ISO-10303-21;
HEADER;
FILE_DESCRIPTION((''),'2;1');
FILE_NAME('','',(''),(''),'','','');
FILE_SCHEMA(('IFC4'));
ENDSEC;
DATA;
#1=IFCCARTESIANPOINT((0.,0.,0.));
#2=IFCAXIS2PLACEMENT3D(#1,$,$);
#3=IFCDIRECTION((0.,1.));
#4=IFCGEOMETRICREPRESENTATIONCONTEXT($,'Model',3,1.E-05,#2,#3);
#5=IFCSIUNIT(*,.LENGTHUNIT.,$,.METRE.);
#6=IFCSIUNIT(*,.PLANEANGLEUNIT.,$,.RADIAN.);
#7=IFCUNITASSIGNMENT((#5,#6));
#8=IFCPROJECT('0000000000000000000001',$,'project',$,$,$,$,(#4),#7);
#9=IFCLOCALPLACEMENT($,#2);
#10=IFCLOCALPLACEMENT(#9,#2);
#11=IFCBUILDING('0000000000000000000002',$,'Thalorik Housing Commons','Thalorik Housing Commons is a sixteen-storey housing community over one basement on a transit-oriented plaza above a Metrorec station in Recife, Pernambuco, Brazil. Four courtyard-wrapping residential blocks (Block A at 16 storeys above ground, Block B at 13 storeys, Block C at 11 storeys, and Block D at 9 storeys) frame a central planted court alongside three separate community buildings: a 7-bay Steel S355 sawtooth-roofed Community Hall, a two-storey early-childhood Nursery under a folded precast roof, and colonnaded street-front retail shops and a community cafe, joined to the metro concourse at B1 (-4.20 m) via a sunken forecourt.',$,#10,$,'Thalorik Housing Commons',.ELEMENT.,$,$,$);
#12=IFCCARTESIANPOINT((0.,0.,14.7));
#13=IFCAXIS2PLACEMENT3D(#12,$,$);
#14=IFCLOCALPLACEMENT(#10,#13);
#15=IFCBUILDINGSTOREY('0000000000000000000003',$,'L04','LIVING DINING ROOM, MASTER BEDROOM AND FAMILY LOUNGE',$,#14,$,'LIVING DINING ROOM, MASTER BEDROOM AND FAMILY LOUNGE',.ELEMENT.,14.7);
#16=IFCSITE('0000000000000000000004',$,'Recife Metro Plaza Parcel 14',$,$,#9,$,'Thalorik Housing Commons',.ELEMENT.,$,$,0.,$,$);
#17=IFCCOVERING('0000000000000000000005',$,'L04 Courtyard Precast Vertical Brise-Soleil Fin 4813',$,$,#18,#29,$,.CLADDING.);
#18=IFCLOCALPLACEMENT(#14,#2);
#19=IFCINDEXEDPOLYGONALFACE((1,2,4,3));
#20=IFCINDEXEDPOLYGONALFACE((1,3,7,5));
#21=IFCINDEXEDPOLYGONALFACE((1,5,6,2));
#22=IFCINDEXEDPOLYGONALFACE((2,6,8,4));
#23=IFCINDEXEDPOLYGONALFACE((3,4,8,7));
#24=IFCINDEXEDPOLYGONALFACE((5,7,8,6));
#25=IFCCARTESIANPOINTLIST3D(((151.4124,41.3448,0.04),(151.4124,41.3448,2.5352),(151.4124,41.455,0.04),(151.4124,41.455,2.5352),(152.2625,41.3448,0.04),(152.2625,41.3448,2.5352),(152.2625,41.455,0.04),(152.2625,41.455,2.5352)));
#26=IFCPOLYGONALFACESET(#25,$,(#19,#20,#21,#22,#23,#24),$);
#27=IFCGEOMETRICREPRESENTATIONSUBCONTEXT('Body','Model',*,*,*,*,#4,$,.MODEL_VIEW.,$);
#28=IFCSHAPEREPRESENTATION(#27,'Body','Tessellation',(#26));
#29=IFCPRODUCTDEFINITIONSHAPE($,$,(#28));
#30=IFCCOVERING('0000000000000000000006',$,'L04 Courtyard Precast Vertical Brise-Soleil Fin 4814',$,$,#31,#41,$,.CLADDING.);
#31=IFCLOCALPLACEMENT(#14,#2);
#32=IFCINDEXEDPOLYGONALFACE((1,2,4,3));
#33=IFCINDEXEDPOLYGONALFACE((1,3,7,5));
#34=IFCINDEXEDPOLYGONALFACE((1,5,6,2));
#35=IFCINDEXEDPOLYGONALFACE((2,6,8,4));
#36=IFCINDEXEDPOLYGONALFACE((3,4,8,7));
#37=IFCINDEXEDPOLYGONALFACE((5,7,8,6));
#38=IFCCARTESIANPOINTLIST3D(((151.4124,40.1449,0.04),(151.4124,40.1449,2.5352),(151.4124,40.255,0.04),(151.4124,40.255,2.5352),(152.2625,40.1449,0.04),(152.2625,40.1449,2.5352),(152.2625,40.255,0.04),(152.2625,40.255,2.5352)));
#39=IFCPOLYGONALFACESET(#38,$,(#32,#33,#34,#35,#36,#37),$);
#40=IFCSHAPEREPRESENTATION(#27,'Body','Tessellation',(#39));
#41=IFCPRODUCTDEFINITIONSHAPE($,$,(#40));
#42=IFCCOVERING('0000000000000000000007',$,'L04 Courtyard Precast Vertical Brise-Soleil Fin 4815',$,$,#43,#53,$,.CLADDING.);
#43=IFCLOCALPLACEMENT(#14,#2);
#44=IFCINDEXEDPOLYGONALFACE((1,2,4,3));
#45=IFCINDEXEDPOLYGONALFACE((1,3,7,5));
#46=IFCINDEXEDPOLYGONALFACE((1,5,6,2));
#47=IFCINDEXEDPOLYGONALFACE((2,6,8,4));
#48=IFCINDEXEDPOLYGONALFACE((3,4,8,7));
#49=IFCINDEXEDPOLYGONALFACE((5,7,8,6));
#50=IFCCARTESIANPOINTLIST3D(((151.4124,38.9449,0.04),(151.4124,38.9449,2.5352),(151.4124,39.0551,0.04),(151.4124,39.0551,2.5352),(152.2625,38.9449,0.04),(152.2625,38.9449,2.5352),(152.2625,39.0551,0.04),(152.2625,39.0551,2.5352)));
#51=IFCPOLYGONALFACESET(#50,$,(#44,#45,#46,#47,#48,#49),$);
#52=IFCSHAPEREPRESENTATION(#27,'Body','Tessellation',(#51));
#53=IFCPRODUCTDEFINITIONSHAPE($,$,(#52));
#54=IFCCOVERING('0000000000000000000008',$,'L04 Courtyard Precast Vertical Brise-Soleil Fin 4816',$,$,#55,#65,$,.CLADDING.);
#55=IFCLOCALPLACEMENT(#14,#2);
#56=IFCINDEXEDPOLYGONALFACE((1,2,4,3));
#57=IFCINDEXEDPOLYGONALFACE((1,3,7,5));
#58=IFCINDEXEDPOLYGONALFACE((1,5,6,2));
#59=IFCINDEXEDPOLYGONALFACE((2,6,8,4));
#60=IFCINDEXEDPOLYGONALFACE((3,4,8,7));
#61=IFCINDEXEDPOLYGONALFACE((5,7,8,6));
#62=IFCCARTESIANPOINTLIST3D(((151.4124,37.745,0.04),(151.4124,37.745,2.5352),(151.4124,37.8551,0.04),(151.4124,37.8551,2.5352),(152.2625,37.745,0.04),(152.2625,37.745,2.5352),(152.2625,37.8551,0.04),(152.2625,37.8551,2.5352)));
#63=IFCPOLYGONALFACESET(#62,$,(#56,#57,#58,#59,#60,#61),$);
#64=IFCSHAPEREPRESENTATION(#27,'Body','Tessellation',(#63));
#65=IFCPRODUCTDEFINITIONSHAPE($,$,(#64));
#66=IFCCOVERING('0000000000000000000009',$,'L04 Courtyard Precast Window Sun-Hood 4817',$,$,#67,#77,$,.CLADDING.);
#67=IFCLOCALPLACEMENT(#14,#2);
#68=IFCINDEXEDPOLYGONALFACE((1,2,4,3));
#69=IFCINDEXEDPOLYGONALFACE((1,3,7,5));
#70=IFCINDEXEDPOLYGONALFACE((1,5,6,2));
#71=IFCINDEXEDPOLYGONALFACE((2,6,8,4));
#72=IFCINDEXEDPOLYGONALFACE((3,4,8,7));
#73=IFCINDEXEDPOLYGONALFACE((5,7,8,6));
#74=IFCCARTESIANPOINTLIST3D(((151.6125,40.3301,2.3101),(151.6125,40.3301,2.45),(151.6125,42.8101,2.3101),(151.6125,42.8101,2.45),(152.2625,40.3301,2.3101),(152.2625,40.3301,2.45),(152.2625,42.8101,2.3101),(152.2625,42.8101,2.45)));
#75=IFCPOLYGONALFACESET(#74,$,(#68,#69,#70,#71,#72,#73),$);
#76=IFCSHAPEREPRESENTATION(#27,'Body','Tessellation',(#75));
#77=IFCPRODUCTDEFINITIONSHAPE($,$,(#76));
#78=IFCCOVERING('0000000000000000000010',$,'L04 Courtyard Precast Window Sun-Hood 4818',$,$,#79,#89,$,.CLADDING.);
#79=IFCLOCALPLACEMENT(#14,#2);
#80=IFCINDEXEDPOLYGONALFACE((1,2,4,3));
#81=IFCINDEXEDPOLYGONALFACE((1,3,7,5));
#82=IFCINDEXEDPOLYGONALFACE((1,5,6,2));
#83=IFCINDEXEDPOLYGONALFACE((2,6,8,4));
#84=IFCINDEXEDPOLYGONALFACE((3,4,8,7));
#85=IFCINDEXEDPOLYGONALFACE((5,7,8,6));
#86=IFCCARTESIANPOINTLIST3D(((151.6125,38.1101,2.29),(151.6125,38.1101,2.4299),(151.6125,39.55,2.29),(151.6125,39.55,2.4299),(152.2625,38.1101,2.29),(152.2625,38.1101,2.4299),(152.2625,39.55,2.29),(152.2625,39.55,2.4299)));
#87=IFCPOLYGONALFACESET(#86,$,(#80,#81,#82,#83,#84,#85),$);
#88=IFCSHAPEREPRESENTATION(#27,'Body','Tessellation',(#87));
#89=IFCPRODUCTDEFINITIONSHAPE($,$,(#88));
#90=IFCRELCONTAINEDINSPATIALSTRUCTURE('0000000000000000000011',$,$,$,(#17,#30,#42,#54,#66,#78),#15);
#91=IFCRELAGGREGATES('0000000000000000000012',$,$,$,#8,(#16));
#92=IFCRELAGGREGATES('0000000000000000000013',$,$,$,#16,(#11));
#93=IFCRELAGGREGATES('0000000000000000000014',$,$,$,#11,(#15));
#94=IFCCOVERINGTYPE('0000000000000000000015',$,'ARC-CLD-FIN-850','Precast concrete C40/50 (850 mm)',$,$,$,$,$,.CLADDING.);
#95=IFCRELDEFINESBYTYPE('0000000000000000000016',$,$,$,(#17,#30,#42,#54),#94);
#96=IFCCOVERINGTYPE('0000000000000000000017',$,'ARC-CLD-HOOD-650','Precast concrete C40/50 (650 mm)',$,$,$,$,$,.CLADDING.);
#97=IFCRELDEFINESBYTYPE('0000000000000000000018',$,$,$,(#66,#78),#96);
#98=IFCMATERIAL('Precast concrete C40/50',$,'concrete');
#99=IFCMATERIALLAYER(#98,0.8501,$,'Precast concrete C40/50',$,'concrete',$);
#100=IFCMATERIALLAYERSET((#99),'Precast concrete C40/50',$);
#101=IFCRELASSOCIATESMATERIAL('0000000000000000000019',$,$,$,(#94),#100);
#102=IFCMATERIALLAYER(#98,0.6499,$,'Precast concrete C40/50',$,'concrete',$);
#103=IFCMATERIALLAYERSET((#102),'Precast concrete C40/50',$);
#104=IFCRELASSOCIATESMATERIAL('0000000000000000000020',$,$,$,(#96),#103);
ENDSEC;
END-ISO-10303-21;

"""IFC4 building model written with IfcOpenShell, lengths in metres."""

from ifc_helpers import new_model, si_unit, direction, frame, origin, origin_2d, place, context, subcontext, project, spatial, rectangle, extrude, material, layer, layer_set, type_object, element, save


model = new_model("IFC4")

# Units and contexts
model_context = context("Model", 3, precision=1e-05, world=origin(), true_north=direction((0.0, 1.0)))
body_context = subcontext(model_context, "Body", "Model", "MODEL_VIEW")
ifc_project = project(units=[si_unit("LENGTHUNIT", "METRE"), si_unit("PLANEANGLEUNIT", "RADIAN")], contexts=[model_context])

# Site, building, storey
site_placement = place(None, origin())
site = spatial("IfcSite", under=ifc_project, at=site_placement, Name="Recife Metro Plaza Parcel 14", LongName="Thalorik Housing Commons", CompositionType="ELEMENT", RefElevation=0.0)
building_placement = place(site_placement, origin())
building = spatial("IfcBuilding", under=site, at=building_placement, Name="Thalorik Housing Commons", Description="Thalorik Housing Commons is a sixteen-storey housing community over one basement on a transit-oriented plaza above a Metrorec station in Recife, Pernambuco, Brazil. Four courtyard-wrapping residential blocks (Block A at 16 storeys above ground, Block B at 13 storeys, Block C at 11 storeys, and Block D at 9 storeys) frame a central planted court alongside three separate community buildings: a 7-bay Steel S355 sawtooth-roofed Community Hall, a two-storey early-childhood Nursery under a folded precast roof, and colonnaded street-front retail shops and a community cafe, joined to the metro concourse at B1 (-4.20 m) via a sunken forecourt.", LongName="Thalorik Housing Commons", CompositionType="ELEMENT")
storey_placement = place(building_placement, frame((0.0, 0.0, 14.7)))
storey = spatial("IfcBuildingStorey", under=building, at=storey_placement, Name="L04", Description="LIVING DINING ROOM, MASTER BEDROOM AND FAMILY LOUNGE", LongName="LIVING DINING ROOM, MASTER BEDROOM AND FAMILY LOUNGE", CompositionType="ELEMENT", Elevation=14.7)

# Shared definitions
ifc_material_1 = material(Name="Precast concrete C40/50", Category="concrete")

# Coverings
ifc_layer_1 = layer(ifc_material_1, 0.8501, Name="Precast concrete C40/50", Category="concrete")
ifc_layer_set_1 = layer_set([ifc_layer_1], Name="Precast concrete C40/50")
covering_type_1 = type_object("IfcCoveringType", Name="ARC-CLD-FIN-850", Description="Precast concrete C40/50 (850 mm)", PredefinedType="CLADDING", material=ifc_layer_set_1)
for number, where, z_axis, x_axis, name in (
    (1, (151.8374, 41.3999, 0.04), (0.0, 0.0, 1.0), (0.0, -1.0, 0.0), "L04 Courtyard Precast Vertical Brise-Soleil Fin 4813"),
    (2, (151.8374, 40.2, 0.04), (0.0, 0.0, 1.0), (0.0, -1.0, 0.0), "L04 Courtyard Precast Vertical Brise-Soleil Fin 4814"),
    (3, (151.8374, 39.0, 0.04), (0.0, 0.0, 1.0), (0.0, -1.0, 0.0), "L04 Courtyard Precast Vertical Brise-Soleil Fin 4815"),
    (4, (151.8374, 37.8, 0.04), (0.0, 0.0, 1.0), (0.0, -1.0, 0.0), "L04 Courtyard Precast Vertical Brise-Soleil Fin 4816"),
):
    element("IfcCovering", number, at=place(storey_placement, frame(where, z_axis=z_axis, x_axis=x_axis)), inside=storey, type_object=covering_type_1, Name=name, PredefinedType="CLADDING", context=body_context, shape_type="SweptSolid", body=[
        extrude(rectangle(XDim=0.1101, YDim=0.8501, at=origin_2d()), origin(), (0.0, 0.0, 1.0), 2.4951),
    ])
ifc_layer_2 = layer(ifc_material_1, 0.6499, Name="Precast concrete C40/50", Category="concrete")
ifc_layer_set_2 = layer_set([ifc_layer_2], Name="Precast concrete C40/50")
covering_type_2 = type_object("IfcCoveringType", Name="ARC-CLD-HOOD-650", Description="Precast concrete C40/50 (650 mm)", PredefinedType="CLADDING", material=ifc_layer_set_2)
covering_1_placement = place(storey_placement, frame((151.9375, 41.5701, 2.3101), z_axis=(0.0, 0.0, 1.0), x_axis=(0.0, -1.0, 0.0)))
element("IfcCovering", 5, at=covering_1_placement, inside=storey, type_object=covering_type_2, Name="L04 Courtyard Precast Window Sun-Hood 4817", PredefinedType="CLADDING", context=body_context, shape_type="SweptSolid", body=[
    extrude(rectangle(XDim=2.48, YDim=0.6499, at=origin_2d()), origin(), (0.0, 0.0, 1.0), 0.1399),
])
covering_2_placement = place(storey_placement, frame((151.9375, 38.8301, 2.29), z_axis=(0.0, 0.0, 1.0), x_axis=(0.0, -1.0, 0.0)))
element("IfcCovering", 6, at=covering_2_placement, inside=storey, type_object=covering_type_2, Name="L04 Courtyard Precast Window Sun-Hood 4818", PredefinedType="CLADDING", context=body_context, shape_type="SweptSolid", body=[
    extrude(rectangle(XDim=1.4399, YDim=0.6499, at=origin_2d()), origin(), (0.0, 0.0, 1.0), 0.1399),
])

save(model, "model.ifc")
